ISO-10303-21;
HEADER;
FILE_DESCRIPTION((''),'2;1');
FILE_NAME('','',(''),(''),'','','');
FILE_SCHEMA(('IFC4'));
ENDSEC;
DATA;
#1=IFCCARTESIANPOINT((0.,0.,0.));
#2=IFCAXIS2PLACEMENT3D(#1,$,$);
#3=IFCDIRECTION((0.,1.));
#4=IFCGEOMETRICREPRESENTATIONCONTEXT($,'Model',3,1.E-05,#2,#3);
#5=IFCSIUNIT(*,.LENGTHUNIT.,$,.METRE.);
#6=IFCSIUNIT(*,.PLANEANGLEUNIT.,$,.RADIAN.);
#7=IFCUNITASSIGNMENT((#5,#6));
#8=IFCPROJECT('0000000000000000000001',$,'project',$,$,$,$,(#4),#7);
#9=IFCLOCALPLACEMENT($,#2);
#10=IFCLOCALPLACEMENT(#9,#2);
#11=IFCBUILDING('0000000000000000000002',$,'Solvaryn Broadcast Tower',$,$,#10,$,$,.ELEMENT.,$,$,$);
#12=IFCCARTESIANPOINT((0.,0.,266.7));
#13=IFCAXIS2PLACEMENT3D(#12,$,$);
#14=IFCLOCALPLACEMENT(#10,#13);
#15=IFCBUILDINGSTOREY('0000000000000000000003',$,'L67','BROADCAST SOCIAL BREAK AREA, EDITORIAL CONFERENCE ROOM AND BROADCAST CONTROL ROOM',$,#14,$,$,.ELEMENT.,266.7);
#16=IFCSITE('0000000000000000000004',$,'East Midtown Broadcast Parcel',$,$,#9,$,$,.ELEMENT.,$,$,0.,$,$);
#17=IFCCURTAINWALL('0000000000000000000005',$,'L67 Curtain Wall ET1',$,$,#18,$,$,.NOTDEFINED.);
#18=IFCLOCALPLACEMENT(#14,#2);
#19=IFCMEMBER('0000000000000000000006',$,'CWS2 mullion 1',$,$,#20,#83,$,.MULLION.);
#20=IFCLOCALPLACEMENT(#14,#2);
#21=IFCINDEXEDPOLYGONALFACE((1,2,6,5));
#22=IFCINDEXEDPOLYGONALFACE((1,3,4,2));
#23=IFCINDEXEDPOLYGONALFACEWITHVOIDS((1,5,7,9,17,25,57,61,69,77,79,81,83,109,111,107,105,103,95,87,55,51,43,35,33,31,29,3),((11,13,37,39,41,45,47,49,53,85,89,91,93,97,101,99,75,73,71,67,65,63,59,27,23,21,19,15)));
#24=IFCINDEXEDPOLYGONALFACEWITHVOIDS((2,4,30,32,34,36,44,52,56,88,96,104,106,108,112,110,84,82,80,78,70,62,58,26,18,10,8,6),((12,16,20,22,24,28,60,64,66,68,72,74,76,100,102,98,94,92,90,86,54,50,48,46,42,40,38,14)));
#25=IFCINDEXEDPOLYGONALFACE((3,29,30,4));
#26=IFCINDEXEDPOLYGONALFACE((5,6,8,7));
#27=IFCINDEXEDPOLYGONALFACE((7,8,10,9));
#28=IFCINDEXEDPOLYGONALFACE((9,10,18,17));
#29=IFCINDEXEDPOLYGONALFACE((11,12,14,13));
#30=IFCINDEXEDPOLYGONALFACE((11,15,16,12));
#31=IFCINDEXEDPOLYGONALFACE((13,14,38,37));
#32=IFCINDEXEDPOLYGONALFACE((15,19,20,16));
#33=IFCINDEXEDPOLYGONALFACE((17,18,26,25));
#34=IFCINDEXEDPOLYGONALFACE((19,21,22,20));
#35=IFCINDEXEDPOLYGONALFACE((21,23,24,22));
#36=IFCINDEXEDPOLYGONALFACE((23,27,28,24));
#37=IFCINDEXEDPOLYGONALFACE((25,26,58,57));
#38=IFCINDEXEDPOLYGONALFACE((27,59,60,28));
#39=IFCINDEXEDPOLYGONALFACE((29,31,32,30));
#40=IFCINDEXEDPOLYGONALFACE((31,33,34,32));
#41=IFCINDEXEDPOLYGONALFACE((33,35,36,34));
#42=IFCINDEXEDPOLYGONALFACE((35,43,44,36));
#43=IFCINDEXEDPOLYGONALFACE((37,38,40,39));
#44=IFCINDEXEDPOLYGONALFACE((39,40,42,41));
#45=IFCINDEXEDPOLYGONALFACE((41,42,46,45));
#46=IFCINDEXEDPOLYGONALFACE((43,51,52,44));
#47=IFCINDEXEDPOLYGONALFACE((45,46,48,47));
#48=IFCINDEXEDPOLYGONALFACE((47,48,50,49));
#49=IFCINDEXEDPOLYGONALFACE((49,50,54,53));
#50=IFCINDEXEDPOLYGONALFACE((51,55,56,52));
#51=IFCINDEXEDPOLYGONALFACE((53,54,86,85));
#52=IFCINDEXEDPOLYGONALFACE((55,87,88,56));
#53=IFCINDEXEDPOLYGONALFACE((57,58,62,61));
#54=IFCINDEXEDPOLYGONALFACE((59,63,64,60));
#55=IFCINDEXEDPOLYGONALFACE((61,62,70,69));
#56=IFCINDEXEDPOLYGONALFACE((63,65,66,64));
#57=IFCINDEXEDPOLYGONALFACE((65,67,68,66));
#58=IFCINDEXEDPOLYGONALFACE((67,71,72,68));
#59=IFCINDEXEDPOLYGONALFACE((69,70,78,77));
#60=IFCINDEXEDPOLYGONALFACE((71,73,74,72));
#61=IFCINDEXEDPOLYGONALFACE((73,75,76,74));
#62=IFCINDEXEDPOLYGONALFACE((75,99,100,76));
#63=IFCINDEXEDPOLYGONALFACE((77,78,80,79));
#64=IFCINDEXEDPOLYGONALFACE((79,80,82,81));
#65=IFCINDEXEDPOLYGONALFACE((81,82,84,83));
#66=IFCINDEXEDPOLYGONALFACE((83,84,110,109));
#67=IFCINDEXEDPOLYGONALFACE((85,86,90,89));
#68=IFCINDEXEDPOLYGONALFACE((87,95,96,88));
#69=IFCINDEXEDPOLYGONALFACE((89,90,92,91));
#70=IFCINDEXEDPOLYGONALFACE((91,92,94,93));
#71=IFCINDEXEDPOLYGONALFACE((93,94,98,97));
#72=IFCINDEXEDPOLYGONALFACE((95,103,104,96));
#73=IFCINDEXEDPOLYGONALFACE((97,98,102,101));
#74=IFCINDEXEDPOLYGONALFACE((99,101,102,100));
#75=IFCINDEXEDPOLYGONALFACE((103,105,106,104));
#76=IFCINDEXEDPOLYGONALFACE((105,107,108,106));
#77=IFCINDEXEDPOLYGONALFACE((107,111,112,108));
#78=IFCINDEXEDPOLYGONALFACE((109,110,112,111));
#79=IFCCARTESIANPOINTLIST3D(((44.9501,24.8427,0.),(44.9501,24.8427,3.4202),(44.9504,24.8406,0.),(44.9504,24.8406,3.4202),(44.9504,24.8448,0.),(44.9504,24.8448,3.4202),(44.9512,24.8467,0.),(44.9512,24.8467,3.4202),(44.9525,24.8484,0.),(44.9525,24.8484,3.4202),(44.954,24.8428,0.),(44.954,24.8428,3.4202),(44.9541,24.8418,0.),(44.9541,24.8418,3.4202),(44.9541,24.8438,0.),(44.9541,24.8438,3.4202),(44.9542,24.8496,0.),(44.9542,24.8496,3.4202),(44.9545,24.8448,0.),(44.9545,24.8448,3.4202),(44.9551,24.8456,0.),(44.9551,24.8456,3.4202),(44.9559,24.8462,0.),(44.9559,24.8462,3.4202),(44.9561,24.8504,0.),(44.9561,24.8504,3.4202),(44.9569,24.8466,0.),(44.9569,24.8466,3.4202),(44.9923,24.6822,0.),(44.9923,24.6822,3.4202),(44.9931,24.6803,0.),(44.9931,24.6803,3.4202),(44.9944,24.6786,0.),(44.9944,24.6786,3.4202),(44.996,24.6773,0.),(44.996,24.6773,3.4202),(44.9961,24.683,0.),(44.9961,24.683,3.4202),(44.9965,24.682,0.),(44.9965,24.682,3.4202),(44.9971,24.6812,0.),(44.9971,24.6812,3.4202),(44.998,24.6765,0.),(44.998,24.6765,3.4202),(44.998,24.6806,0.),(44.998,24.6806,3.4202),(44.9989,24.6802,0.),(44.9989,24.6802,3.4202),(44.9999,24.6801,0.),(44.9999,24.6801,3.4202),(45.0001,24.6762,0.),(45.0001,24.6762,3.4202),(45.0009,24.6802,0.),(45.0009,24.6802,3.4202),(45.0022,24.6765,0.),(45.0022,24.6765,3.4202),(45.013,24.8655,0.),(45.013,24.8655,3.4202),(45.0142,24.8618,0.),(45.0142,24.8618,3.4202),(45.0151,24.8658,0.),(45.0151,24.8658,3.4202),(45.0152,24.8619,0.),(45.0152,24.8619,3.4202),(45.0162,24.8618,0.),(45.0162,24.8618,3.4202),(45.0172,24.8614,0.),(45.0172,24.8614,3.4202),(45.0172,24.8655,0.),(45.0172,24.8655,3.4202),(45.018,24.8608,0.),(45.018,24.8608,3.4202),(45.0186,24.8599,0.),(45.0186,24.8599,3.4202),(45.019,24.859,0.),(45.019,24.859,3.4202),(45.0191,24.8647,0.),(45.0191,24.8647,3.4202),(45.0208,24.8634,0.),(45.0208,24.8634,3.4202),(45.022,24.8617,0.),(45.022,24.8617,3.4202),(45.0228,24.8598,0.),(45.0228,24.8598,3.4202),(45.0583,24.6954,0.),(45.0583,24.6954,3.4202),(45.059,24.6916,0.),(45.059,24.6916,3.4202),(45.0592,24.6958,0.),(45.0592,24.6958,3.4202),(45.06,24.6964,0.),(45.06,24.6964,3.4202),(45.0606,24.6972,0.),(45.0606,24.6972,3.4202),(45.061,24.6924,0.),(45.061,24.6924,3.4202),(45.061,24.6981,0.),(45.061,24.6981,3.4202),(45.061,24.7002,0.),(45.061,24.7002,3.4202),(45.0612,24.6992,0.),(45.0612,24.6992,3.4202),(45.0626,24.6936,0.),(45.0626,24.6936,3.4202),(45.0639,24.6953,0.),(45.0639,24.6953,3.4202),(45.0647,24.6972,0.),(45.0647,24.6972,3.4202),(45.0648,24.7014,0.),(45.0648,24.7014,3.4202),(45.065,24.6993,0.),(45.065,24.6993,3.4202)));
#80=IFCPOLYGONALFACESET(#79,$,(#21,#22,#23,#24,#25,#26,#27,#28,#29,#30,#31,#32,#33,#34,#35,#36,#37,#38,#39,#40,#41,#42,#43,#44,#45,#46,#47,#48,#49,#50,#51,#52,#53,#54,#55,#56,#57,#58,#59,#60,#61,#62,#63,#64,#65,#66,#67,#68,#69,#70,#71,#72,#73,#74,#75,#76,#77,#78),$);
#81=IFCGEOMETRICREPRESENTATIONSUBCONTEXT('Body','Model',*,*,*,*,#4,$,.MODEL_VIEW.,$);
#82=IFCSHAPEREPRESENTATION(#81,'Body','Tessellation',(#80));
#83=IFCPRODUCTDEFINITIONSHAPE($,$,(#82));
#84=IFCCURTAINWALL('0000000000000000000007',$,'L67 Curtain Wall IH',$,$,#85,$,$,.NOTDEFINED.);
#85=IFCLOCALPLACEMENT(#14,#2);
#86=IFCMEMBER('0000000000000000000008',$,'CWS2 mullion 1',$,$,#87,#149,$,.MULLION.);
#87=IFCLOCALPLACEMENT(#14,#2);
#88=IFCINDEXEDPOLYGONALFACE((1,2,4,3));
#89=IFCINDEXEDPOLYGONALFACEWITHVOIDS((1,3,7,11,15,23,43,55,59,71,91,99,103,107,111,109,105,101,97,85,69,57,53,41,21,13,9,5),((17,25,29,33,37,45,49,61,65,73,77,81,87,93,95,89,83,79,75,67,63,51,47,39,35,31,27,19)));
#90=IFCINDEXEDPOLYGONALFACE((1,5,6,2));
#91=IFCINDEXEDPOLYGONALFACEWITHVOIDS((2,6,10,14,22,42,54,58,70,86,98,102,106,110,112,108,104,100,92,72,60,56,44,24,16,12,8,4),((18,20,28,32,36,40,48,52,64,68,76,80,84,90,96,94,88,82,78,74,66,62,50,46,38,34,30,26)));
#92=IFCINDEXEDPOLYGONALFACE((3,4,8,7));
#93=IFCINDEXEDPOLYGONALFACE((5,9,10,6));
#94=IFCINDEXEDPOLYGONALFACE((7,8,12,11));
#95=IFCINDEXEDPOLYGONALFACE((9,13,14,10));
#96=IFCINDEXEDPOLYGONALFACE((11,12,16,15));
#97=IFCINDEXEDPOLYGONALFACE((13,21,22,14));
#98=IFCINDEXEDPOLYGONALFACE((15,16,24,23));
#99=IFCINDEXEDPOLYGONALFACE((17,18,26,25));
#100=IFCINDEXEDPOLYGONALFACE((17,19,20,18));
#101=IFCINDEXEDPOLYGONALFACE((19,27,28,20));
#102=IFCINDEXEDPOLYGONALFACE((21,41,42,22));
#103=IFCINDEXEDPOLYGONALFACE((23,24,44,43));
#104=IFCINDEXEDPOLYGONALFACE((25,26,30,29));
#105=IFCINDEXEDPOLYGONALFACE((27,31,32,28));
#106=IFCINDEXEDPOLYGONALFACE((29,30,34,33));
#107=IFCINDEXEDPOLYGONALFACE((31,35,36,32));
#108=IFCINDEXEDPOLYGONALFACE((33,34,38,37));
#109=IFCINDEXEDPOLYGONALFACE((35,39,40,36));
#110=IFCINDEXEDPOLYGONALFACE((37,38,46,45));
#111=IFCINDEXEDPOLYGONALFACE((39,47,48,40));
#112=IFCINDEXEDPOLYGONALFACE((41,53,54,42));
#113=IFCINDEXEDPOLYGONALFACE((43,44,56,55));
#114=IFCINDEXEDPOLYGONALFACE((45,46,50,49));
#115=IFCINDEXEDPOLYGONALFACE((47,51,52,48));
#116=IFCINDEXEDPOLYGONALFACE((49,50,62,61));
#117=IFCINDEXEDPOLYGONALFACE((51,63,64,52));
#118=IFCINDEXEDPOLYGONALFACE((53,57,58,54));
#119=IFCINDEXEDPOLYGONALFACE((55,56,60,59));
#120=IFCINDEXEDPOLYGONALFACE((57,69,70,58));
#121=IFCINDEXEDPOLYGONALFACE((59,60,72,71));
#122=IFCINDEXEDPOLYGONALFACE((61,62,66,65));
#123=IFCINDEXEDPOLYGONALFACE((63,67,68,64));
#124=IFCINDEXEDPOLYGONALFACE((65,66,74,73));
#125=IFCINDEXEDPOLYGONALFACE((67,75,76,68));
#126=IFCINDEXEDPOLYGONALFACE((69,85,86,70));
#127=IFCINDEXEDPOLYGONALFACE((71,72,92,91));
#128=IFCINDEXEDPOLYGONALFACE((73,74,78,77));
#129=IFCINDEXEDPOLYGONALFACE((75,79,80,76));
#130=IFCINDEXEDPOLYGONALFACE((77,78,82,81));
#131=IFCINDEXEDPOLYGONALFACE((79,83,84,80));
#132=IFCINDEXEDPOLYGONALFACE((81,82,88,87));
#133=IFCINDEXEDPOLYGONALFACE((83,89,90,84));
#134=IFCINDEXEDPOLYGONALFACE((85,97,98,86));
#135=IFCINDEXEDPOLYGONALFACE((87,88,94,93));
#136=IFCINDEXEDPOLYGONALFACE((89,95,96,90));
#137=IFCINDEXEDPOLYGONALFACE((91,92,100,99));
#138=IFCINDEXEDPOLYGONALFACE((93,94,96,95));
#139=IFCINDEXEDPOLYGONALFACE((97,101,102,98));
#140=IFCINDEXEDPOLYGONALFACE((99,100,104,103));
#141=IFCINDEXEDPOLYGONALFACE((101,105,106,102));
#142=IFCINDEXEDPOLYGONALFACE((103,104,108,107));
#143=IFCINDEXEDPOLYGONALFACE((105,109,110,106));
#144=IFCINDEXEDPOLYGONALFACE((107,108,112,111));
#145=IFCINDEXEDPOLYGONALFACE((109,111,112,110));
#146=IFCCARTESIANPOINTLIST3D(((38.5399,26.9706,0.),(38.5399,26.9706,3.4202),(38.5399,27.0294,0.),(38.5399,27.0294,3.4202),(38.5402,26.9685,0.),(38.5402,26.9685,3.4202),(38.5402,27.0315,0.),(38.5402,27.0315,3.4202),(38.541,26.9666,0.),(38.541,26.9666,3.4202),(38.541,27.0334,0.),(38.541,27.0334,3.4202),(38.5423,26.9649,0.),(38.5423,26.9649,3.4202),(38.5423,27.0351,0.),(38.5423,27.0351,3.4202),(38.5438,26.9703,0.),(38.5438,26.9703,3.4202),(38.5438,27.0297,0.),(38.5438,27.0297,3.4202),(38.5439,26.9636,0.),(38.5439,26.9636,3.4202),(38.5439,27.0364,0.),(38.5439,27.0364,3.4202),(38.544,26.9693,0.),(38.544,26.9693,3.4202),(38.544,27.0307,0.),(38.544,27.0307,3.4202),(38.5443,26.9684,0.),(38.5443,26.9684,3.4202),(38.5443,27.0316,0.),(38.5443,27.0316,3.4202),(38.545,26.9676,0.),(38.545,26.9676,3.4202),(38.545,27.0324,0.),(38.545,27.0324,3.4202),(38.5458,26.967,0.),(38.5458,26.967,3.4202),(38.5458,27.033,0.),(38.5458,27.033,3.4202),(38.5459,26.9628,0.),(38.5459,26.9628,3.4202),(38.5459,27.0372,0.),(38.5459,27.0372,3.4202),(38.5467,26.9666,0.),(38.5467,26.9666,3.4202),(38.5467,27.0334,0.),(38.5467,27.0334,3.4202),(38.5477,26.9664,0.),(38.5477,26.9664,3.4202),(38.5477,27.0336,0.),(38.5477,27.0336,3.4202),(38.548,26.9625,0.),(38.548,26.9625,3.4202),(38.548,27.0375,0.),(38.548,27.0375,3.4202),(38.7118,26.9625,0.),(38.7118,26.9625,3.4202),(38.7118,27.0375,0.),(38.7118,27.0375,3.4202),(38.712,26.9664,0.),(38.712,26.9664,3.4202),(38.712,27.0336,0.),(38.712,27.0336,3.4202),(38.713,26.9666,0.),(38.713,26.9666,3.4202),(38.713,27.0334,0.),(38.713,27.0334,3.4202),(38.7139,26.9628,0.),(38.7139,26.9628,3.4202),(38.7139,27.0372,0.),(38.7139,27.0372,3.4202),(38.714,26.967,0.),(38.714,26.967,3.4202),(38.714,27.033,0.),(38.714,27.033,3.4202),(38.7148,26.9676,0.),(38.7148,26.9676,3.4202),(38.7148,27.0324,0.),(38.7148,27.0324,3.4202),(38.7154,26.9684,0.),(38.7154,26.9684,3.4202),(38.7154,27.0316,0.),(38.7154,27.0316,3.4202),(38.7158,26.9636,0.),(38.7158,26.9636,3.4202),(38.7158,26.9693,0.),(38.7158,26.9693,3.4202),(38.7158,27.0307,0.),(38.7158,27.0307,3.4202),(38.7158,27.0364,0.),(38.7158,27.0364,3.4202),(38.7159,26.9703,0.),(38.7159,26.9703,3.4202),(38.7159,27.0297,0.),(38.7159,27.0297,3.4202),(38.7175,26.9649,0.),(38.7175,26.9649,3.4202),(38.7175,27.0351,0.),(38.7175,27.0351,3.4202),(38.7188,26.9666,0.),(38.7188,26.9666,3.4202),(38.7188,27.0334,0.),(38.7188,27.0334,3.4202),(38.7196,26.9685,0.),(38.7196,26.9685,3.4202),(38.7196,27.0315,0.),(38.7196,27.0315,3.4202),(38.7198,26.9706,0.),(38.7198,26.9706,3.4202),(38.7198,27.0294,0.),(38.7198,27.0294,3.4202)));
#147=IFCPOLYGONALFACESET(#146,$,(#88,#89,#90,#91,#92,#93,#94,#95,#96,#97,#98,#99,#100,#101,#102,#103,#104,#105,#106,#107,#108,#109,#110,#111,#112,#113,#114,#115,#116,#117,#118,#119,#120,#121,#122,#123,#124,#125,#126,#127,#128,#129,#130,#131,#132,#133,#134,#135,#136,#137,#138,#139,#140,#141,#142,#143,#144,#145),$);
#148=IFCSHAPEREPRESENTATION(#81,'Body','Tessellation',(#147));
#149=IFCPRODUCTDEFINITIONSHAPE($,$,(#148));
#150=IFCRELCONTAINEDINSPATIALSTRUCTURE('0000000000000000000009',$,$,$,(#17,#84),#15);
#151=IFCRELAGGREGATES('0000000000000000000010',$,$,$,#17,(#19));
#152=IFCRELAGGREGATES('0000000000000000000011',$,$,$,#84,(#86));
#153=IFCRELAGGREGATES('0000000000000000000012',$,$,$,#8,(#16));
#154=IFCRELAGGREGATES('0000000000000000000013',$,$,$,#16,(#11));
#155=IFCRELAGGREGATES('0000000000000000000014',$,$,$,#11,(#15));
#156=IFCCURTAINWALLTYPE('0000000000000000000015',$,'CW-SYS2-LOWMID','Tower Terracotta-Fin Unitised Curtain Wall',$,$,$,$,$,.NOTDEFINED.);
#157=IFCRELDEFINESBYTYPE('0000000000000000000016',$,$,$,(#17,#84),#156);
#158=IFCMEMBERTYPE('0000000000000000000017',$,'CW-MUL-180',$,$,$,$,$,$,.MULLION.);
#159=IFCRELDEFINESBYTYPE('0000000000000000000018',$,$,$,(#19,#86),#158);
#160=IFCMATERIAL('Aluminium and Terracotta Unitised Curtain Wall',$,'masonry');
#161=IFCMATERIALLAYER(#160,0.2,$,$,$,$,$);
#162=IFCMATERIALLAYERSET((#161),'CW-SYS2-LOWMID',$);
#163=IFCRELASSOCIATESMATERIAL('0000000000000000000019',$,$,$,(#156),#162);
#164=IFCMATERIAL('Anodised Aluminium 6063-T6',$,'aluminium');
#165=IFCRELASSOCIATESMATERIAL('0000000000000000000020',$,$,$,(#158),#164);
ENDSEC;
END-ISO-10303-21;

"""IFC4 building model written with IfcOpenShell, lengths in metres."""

from ifc_helpers import new_model, si_unit, direction, frame, origin, origin_2d, place, context, subcontext, project, spatial, hollow_rectangle, extrude, material, layer, layer_set, material_profile, profile_set, type_object, element, aggregate, save


model = new_model("IFC4")

# Units and contexts
model_context = context("Model", 3, precision=1e-05, world=origin(), true_north=direction((0.0, 1.0)))
body_context = subcontext(model_context, "Body", "Model", "MODEL_VIEW")
ifc_project = project(units=[si_unit("LENGTHUNIT", "METRE"), si_unit("PLANEANGLEUNIT", "RADIAN")], contexts=[model_context])

# Site, building, storey
site_placement = place(None, origin())
site = spatial("IfcSite", under=ifc_project, at=site_placement, Name="East Midtown Broadcast Parcel", CompositionType="ELEMENT", RefElevation=0.0)
building_placement = place(site_placement, origin())
building = spatial("IfcBuilding", under=site, at=building_placement, Name="Solvaryn Broadcast Tower", CompositionType="ELEMENT")
storey_placement = place(building_placement, frame((0.0, 0.0, 266.7)))
storey = spatial("IfcBuildingStorey", under=building, at=storey_placement, Name="L67", Description="BROADCAST SOCIAL BREAK AREA, EDITORIAL CONFERENCE ROOM AND BROADCAST CONTROL ROOM", CompositionType="ELEMENT", Elevation=266.7)

# Curtain wall, member
ifc_material_1 = material(Name="Aluminium and Terracotta Unitised Curtain Wall", Category="masonry")
ifc_layer_1 = layer(ifc_material_1, 0.2)
ifc_layer_set_1 = layer_set([ifc_layer_1], Name="CW-SYS2-LOWMID")
curtain_wall_type = type_object("IfcCurtainWallType", Name="CW-SYS2-LOWMID", Description="Tower Terracotta-Fin Unitised Curtain Wall", PredefinedType="NOTDEFINED", material=ifc_layer_set_1)
curtain_wall_1_placement = place(storey_placement, origin())
curtain_wall_1 = element("IfcCurtainWall", 1, at=curtain_wall_1_placement, inside=storey, type_object=curtain_wall_type, Name="L67 Curtain Wall ET1", PredefinedType="NOTDEFINED")
ifc_material_2 = material(Name="Anodised Aluminium 6063-T6", Category="aluminium")
ifc_material_profile_1 = material_profile(ifc_material_2, hollow_rectangle(XDim=0.075, YDim=0.1799, WallThickness=0.0039, InnerFilletRadius=0.0039, OuterFilletRadius=0.0081, at=origin_2d()))
ifc_profile_set_1 = profile_set([ifc_material_profile_1], Name="Anodised Aluminium 6063-T6")
member_type_1 = type_object("IfcMemberType", Name="CW-MUL-180", PredefinedType="MULLION", material=ifc_profile_set_1)
member_1_placement = place(storey_placement, frame((45.0076, 24.771, 0.0), z_axis=(0.0, 0.0, 1.0), x_axis=(0.966705, 0.255893, 0.0)))
member_1 = element("IfcMember", 2, at=member_1_placement, type_object=member_type_1, Name="CWS2 mullion 1", PredefinedType="MULLION", context=body_context, shape_type="SweptSolid", body=[
    extrude(hollow_rectangle(XDim=0.075, YDim=0.1799, WallThickness=0.0039, InnerFilletRadius=0.0039, OuterFilletRadius=0.0081, at=origin_2d()), origin(), (0.0, 0.0, 1.0), 3.4202),
])

# Curtain wall, member
curtain_wall_2_placement = place(storey_placement, origin())
curtain_wall_2 = element("IfcCurtainWall", 3, at=curtain_wall_2_placement, inside=storey, type_object=curtain_wall_type, Name="L67 Curtain Wall IH", PredefinedType="NOTDEFINED")
member_2_placement = place(storey_placement, frame((38.6299, 27.0, 0.0), z_axis=(0.0, 0.0, 1.0), x_axis=(0.0, 1.0, 0.0)))
member_2 = element("IfcMember", 4, at=member_2_placement, type_object=member_type_1, Name="CWS2 mullion 1", PredefinedType="MULLION", context=body_context, shape_type="SweptSolid", body=[
    extrude(hollow_rectangle(XDim=0.075, YDim=0.1799, WallThickness=0.0039, InnerFilletRadius=0.0039, OuterFilletRadius=0.0081, at=origin_2d()), origin(), (0.0, 0.0, 1.0), 3.4202),
])

aggregate(curtain_wall_1, [member_1])
aggregate(curtain_wall_2, [member_2])

save(model, "model.ifc")
